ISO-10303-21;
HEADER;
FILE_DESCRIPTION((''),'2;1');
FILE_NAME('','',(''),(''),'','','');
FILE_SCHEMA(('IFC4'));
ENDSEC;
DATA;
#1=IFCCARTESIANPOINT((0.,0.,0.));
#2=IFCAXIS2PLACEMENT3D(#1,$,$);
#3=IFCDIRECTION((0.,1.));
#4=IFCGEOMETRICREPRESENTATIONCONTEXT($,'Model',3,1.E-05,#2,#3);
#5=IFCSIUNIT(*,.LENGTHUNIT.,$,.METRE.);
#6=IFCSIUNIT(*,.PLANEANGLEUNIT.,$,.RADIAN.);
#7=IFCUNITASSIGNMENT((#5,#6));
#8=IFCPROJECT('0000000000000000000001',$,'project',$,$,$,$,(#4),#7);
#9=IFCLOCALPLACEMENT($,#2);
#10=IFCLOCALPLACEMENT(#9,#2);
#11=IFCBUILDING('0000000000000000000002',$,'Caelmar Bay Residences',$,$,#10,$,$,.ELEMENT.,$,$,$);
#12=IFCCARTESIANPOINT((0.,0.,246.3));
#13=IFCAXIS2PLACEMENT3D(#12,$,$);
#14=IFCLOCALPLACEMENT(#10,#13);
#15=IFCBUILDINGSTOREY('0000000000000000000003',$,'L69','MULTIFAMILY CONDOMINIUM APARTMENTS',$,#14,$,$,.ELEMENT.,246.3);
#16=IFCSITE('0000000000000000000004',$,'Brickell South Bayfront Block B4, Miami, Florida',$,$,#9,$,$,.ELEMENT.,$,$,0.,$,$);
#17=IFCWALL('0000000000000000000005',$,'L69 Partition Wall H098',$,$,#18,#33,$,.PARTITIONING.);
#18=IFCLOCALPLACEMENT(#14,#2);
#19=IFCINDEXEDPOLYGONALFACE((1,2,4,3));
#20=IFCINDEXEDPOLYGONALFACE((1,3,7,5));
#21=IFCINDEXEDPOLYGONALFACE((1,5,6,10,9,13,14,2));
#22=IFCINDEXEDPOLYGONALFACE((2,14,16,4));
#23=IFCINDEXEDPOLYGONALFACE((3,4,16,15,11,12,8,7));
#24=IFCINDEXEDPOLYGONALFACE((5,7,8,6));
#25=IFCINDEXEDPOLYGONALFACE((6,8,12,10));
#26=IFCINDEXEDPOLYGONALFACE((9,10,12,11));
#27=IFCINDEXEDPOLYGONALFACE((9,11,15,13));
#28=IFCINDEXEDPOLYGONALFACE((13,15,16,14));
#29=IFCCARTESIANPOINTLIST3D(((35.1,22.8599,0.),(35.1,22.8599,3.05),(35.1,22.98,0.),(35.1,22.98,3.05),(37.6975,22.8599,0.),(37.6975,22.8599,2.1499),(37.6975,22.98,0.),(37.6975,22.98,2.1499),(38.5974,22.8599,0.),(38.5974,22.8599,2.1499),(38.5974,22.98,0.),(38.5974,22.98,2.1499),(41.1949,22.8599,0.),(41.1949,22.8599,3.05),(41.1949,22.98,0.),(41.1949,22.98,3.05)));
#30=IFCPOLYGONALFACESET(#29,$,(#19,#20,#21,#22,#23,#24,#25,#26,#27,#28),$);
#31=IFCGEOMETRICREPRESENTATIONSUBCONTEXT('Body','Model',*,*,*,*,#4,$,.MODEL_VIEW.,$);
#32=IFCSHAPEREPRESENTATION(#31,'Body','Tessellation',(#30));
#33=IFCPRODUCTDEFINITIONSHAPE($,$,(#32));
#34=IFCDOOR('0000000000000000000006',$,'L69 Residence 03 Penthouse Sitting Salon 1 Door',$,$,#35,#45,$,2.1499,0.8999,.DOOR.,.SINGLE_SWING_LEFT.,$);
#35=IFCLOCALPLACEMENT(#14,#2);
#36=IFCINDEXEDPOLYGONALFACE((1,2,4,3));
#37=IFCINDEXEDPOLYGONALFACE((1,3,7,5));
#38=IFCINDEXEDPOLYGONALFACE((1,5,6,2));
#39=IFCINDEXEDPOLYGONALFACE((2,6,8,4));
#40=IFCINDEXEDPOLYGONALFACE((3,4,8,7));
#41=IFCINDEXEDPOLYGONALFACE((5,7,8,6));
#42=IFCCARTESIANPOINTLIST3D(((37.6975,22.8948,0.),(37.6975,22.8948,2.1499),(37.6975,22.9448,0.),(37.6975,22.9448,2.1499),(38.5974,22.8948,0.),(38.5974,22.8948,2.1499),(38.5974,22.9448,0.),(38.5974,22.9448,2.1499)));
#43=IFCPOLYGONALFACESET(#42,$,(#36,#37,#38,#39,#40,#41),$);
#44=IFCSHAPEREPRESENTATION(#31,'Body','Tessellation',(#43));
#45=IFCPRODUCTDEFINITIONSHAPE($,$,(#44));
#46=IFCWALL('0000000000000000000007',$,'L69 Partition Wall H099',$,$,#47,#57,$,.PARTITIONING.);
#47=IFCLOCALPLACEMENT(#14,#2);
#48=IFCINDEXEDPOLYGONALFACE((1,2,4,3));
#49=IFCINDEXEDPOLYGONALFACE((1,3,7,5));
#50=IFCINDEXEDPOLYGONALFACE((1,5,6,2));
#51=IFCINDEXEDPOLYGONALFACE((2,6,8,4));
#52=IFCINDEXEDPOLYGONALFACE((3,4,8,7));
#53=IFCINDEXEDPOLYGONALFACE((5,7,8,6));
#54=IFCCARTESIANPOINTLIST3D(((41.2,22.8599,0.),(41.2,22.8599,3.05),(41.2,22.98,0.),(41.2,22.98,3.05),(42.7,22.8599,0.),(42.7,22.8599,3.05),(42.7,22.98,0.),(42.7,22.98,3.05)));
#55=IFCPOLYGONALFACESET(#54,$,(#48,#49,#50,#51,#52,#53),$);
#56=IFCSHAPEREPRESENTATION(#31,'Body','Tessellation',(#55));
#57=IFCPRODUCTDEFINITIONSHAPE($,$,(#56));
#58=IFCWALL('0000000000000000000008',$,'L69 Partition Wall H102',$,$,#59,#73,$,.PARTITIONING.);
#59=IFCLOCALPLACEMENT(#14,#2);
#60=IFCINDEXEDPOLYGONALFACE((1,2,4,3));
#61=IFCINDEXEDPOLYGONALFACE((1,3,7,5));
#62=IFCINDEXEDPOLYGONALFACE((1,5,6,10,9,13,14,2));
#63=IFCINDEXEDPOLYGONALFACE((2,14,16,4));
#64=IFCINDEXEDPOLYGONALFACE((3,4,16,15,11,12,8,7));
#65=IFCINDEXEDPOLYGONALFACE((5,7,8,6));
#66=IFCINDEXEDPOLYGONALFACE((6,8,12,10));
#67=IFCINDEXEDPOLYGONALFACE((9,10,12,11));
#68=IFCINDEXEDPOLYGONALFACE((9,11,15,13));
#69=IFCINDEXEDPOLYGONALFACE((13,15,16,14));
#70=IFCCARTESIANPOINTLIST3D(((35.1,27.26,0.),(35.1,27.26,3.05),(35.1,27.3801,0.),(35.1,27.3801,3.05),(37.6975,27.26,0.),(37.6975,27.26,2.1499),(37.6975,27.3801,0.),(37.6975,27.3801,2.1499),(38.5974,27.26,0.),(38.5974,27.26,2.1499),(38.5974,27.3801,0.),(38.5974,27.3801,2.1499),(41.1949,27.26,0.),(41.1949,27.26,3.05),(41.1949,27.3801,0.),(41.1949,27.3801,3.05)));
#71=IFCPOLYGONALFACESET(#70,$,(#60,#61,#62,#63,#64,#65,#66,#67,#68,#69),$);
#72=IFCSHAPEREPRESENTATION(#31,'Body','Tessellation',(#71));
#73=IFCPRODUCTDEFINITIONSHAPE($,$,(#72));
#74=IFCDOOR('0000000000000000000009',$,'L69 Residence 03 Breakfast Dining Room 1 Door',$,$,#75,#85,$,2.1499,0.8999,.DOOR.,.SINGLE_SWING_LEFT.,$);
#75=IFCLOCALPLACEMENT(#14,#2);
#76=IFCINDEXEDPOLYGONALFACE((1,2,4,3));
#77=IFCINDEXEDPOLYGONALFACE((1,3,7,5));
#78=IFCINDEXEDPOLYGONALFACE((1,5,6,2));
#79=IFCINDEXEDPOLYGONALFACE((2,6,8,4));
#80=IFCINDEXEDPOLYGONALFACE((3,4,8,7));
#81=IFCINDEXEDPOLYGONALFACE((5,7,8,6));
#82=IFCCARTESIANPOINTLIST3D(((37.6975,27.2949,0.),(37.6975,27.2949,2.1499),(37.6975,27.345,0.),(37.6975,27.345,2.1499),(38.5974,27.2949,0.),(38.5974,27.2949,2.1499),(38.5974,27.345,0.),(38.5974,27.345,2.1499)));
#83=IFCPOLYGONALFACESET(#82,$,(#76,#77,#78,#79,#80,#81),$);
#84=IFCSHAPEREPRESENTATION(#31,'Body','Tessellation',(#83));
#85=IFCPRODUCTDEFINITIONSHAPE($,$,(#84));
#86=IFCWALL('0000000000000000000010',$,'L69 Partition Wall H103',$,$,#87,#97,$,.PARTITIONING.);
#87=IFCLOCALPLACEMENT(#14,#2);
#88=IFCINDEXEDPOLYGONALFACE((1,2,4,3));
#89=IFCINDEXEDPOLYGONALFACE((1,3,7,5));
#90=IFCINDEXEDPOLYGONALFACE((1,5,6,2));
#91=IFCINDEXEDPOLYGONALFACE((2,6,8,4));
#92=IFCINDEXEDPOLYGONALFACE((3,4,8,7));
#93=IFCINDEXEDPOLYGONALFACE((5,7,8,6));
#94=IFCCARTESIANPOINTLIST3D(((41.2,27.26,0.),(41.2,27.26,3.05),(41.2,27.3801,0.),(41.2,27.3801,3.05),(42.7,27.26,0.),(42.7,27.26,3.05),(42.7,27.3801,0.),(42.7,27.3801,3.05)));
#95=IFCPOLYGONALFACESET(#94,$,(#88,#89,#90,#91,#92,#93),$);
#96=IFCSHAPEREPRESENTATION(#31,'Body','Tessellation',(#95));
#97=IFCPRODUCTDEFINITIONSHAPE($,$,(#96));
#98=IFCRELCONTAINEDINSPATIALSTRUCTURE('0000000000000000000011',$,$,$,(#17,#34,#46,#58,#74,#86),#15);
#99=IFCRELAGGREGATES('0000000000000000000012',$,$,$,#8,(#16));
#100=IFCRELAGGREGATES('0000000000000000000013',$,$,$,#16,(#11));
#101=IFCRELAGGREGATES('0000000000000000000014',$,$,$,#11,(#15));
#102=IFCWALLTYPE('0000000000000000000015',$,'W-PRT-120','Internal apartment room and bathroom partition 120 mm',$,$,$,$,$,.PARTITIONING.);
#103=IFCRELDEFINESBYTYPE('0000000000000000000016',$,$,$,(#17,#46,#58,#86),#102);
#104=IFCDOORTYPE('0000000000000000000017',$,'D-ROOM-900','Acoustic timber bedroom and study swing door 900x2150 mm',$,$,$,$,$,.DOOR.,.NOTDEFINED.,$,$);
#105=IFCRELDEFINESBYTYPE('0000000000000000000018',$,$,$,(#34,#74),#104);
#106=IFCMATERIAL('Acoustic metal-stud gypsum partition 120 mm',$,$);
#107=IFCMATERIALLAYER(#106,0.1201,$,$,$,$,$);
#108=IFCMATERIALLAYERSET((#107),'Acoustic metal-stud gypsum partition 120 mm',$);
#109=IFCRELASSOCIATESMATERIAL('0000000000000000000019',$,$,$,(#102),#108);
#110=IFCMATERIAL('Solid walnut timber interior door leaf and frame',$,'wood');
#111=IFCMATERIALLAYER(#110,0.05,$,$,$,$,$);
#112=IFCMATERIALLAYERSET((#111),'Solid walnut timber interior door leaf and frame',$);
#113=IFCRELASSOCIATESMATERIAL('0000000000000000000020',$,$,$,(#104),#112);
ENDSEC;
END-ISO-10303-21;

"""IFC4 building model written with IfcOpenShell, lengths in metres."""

from ifc_helpers import new_model, si_unit, direction, frame, frame_2d, origin, place, context, subcontext, project, spatial, rectangle, extrude, material, layer, layer_set, type_object, element, fill, save


model = new_model("IFC4")

# Units and contexts
model_context = context("Model", 3, precision=1e-05, world=origin(), true_north=direction((0.0, 1.0)))
body_context = subcontext(model_context, "Body", "Model", "MODEL_VIEW")
ifc_project = project(units=[si_unit("LENGTHUNIT", "METRE"), si_unit("PLANEANGLEUNIT", "RADIAN")], contexts=[model_context])

# Site, building, storey
site_placement = place(None, origin())
site = spatial("IfcSite", under=ifc_project, at=site_placement, Name="Brickell South Bayfront Block B4, Miami, Florida", CompositionType="ELEMENT", RefElevation=0.0)
building_placement = place(site_placement, origin())
building = spatial("IfcBuilding", under=site, at=building_placement, Name="Caelmar Bay Residences", CompositionType="ELEMENT")
storey_placement = place(building_placement, frame((0.0, 0.0, 246.3)))
storey = spatial("IfcBuildingStorey", under=building, at=storey_placement, Name="L69", Description="MULTIFAMILY CONDOMINIUM APARTMENTS", CompositionType="ELEMENT", Elevation=246.3)

# Shared definitions
ifc_material_1 = material(Name="Acoustic metal-stud gypsum partition 120 mm")
ifc_layer_1 = layer(ifc_material_1, 0.1201)
ifc_layer_set_1 = layer_set([ifc_layer_1], Name="Acoustic metal-stud gypsum partition 120 mm")
wall_type = type_object("IfcWallType", Name="W-PRT-120", Description="Internal apartment room and bathroom partition 120 mm", PredefinedType="PARTITIONING", material=ifc_layer_set_1)
ifc_material_2 = material(Name="Solid walnut timber interior door leaf and frame", Category="wood")
ifc_layer_2 = layer(ifc_material_2, 0.05)
ifc_layer_set_2 = layer_set([ifc_layer_2], Name="Solid walnut timber interior door leaf and frame")
door_type_1 = type_object("IfcDoorType", Name="D-ROOM-900", Description="Acoustic timber bedroom and study swing door 900x2150 mm", OperationType="NOTDEFINED", PredefinedType="DOOR", material=ifc_layer_set_2)

# Wall, opening, door
wall_1_placement = place(storey_placement, frame((35.1001, 22.9199, 0.0), z_axis=(0.0, 0.0, 1.0), x_axis=(1.0, 0.0, 0.0)))
wall_1 = element("IfcWall", 1, at=wall_1_placement, inside=storey, type_object=wall_type, Name="L69 Partition Wall H098", PredefinedType="PARTITIONING", context=body_context, shape_type="SweptSolid", body=[
    extrude(rectangle(XDim=6.095, YDim=0.1201, at=frame_2d((3.0474, 0.0))), origin(), (0.0, 0.0, 1.0), 3.05),
])
opening_1_placement = place(wall_1_placement, frame((2.5974, 0.0, 0.0)))
opening_1 = element("IfcOpeningElement", 2, at=opening_1_placement, cuts=wall_1, PredefinedType="OPENING", context=body_context, shape_type="SweptSolid", body=[
    extrude(rectangle(XDim=0.8999, YDim=2.1499, at=frame_2d((0.45, 1.075))), frame((0.0, 0.0701, 0.0), z_axis=(0.0, -1.0, 0.0), x_axis=(1.0, 0.0, 0.0)), (0.0, 0.0, 1.0), 0.1401),
])
door_1_placement = place(opening_1_placement, origin())
door_1 = element("IfcDoor", 3, at=door_1_placement, inside=storey, type_object=door_type_1, Name="L69 Residence 03 Penthouse Sitting Salon 1 Door", OperationType="SINGLE_SWING_LEFT", OverallHeight=2.1499, OverallWidth=0.8999, PredefinedType="DOOR", context=body_context, shape_type="SweptSolid", body=[
    extrude(rectangle(XDim=0.8999, YDim=2.1499, at=frame_2d((0.45, 1.075))), frame((0.0, 0.0249, 0.0), z_axis=(0.0, -1.0, 0.0), x_axis=(1.0, 0.0, 0.0)), (0.0, 0.0, 1.0), 0.05),
])
fill(opening_1, door_1)

# Wall
wall_2_placement = place(storey_placement, frame((41.2, 22.9199, 0.0), z_axis=(0.0, 0.0, 1.0), x_axis=(1.0, 0.0, 0.0)))
element("IfcWall", 4, at=wall_2_placement, inside=storey, type_object=wall_type, Name="L69 Partition Wall H099", PredefinedType="PARTITIONING", context=body_context, shape_type="SweptSolid", body=[
    extrude(rectangle(XDim=1.5, YDim=0.1201, at=frame_2d((0.75, 0.0))), origin(), (0.0, 0.0, 1.0), 3.05),
])

# Wall, opening, door
wall_3_placement = place(storey_placement, frame((35.1001, 27.3201, 0.0), z_axis=(0.0, 0.0, 1.0), x_axis=(1.0, 0.0, 0.0)))
wall_3 = element("IfcWall", 5, at=wall_3_placement, inside=storey, type_object=wall_type, Name="L69 Partition Wall H102", PredefinedType="PARTITIONING", context=body_context, shape_type="SweptSolid", body=[
    extrude(rectangle(XDim=6.095, YDim=0.1201, at=frame_2d((3.0474, 0.0))), origin(), (0.0, 0.0, 1.0), 3.05),
])
opening_2_placement = place(wall_3_placement, frame((2.5974, 0.0, 0.0)))
opening_2 = element("IfcOpeningElement", 6, at=opening_2_placement, cuts=wall_3, PredefinedType="OPENING", context=body_context, shape_type="SweptSolid", body=[
    extrude(rectangle(XDim=0.8999, YDim=2.1499, at=frame_2d((0.45, 1.075))), frame((0.0, 0.0701, 0.0), z_axis=(0.0, -1.0, 0.0), x_axis=(1.0, 0.0, 0.0)), (0.0, 0.0, 1.0), 0.1401),
])
door_2_placement = place(opening_2_placement, origin())
door_2 = element("IfcDoor", 7, at=door_2_placement, inside=storey, type_object=door_type_1, Name="L69 Residence 03 Breakfast Dining Room 1 Door", OperationType="SINGLE_SWING_LEFT", OverallHeight=2.1499, OverallWidth=0.8999, PredefinedType="DOOR", context=body_context, shape_type="SweptSolid", body=[
    extrude(rectangle(XDim=0.8999, YDim=2.1499, at=frame_2d((0.45, 1.075))), frame((0.0, 0.0249, 0.0), z_axis=(0.0, -1.0, 0.0), x_axis=(1.0, 0.0, 0.0)), (0.0, 0.0, 1.0), 0.05),
])
fill(opening_2, door_2)

# Wall
wall_4_placement = place(storey_placement, frame((41.2, 27.3201, 0.0), z_axis=(0.0, 0.0, 1.0), x_axis=(1.0, 0.0, 0.0)))
element("IfcWall", 8, at=wall_4_placement, inside=storey, type_object=wall_type, Name="L69 Partition Wall H103", PredefinedType="PARTITIONING", context=body_context, shape_type="SweptSolid", body=[
    extrude(rectangle(XDim=1.5, YDim=0.1201, at=frame_2d((0.75, 0.0))), origin(), (0.0, 0.0, 1.0), 3.05),
])

save(model, "model.ifc")
